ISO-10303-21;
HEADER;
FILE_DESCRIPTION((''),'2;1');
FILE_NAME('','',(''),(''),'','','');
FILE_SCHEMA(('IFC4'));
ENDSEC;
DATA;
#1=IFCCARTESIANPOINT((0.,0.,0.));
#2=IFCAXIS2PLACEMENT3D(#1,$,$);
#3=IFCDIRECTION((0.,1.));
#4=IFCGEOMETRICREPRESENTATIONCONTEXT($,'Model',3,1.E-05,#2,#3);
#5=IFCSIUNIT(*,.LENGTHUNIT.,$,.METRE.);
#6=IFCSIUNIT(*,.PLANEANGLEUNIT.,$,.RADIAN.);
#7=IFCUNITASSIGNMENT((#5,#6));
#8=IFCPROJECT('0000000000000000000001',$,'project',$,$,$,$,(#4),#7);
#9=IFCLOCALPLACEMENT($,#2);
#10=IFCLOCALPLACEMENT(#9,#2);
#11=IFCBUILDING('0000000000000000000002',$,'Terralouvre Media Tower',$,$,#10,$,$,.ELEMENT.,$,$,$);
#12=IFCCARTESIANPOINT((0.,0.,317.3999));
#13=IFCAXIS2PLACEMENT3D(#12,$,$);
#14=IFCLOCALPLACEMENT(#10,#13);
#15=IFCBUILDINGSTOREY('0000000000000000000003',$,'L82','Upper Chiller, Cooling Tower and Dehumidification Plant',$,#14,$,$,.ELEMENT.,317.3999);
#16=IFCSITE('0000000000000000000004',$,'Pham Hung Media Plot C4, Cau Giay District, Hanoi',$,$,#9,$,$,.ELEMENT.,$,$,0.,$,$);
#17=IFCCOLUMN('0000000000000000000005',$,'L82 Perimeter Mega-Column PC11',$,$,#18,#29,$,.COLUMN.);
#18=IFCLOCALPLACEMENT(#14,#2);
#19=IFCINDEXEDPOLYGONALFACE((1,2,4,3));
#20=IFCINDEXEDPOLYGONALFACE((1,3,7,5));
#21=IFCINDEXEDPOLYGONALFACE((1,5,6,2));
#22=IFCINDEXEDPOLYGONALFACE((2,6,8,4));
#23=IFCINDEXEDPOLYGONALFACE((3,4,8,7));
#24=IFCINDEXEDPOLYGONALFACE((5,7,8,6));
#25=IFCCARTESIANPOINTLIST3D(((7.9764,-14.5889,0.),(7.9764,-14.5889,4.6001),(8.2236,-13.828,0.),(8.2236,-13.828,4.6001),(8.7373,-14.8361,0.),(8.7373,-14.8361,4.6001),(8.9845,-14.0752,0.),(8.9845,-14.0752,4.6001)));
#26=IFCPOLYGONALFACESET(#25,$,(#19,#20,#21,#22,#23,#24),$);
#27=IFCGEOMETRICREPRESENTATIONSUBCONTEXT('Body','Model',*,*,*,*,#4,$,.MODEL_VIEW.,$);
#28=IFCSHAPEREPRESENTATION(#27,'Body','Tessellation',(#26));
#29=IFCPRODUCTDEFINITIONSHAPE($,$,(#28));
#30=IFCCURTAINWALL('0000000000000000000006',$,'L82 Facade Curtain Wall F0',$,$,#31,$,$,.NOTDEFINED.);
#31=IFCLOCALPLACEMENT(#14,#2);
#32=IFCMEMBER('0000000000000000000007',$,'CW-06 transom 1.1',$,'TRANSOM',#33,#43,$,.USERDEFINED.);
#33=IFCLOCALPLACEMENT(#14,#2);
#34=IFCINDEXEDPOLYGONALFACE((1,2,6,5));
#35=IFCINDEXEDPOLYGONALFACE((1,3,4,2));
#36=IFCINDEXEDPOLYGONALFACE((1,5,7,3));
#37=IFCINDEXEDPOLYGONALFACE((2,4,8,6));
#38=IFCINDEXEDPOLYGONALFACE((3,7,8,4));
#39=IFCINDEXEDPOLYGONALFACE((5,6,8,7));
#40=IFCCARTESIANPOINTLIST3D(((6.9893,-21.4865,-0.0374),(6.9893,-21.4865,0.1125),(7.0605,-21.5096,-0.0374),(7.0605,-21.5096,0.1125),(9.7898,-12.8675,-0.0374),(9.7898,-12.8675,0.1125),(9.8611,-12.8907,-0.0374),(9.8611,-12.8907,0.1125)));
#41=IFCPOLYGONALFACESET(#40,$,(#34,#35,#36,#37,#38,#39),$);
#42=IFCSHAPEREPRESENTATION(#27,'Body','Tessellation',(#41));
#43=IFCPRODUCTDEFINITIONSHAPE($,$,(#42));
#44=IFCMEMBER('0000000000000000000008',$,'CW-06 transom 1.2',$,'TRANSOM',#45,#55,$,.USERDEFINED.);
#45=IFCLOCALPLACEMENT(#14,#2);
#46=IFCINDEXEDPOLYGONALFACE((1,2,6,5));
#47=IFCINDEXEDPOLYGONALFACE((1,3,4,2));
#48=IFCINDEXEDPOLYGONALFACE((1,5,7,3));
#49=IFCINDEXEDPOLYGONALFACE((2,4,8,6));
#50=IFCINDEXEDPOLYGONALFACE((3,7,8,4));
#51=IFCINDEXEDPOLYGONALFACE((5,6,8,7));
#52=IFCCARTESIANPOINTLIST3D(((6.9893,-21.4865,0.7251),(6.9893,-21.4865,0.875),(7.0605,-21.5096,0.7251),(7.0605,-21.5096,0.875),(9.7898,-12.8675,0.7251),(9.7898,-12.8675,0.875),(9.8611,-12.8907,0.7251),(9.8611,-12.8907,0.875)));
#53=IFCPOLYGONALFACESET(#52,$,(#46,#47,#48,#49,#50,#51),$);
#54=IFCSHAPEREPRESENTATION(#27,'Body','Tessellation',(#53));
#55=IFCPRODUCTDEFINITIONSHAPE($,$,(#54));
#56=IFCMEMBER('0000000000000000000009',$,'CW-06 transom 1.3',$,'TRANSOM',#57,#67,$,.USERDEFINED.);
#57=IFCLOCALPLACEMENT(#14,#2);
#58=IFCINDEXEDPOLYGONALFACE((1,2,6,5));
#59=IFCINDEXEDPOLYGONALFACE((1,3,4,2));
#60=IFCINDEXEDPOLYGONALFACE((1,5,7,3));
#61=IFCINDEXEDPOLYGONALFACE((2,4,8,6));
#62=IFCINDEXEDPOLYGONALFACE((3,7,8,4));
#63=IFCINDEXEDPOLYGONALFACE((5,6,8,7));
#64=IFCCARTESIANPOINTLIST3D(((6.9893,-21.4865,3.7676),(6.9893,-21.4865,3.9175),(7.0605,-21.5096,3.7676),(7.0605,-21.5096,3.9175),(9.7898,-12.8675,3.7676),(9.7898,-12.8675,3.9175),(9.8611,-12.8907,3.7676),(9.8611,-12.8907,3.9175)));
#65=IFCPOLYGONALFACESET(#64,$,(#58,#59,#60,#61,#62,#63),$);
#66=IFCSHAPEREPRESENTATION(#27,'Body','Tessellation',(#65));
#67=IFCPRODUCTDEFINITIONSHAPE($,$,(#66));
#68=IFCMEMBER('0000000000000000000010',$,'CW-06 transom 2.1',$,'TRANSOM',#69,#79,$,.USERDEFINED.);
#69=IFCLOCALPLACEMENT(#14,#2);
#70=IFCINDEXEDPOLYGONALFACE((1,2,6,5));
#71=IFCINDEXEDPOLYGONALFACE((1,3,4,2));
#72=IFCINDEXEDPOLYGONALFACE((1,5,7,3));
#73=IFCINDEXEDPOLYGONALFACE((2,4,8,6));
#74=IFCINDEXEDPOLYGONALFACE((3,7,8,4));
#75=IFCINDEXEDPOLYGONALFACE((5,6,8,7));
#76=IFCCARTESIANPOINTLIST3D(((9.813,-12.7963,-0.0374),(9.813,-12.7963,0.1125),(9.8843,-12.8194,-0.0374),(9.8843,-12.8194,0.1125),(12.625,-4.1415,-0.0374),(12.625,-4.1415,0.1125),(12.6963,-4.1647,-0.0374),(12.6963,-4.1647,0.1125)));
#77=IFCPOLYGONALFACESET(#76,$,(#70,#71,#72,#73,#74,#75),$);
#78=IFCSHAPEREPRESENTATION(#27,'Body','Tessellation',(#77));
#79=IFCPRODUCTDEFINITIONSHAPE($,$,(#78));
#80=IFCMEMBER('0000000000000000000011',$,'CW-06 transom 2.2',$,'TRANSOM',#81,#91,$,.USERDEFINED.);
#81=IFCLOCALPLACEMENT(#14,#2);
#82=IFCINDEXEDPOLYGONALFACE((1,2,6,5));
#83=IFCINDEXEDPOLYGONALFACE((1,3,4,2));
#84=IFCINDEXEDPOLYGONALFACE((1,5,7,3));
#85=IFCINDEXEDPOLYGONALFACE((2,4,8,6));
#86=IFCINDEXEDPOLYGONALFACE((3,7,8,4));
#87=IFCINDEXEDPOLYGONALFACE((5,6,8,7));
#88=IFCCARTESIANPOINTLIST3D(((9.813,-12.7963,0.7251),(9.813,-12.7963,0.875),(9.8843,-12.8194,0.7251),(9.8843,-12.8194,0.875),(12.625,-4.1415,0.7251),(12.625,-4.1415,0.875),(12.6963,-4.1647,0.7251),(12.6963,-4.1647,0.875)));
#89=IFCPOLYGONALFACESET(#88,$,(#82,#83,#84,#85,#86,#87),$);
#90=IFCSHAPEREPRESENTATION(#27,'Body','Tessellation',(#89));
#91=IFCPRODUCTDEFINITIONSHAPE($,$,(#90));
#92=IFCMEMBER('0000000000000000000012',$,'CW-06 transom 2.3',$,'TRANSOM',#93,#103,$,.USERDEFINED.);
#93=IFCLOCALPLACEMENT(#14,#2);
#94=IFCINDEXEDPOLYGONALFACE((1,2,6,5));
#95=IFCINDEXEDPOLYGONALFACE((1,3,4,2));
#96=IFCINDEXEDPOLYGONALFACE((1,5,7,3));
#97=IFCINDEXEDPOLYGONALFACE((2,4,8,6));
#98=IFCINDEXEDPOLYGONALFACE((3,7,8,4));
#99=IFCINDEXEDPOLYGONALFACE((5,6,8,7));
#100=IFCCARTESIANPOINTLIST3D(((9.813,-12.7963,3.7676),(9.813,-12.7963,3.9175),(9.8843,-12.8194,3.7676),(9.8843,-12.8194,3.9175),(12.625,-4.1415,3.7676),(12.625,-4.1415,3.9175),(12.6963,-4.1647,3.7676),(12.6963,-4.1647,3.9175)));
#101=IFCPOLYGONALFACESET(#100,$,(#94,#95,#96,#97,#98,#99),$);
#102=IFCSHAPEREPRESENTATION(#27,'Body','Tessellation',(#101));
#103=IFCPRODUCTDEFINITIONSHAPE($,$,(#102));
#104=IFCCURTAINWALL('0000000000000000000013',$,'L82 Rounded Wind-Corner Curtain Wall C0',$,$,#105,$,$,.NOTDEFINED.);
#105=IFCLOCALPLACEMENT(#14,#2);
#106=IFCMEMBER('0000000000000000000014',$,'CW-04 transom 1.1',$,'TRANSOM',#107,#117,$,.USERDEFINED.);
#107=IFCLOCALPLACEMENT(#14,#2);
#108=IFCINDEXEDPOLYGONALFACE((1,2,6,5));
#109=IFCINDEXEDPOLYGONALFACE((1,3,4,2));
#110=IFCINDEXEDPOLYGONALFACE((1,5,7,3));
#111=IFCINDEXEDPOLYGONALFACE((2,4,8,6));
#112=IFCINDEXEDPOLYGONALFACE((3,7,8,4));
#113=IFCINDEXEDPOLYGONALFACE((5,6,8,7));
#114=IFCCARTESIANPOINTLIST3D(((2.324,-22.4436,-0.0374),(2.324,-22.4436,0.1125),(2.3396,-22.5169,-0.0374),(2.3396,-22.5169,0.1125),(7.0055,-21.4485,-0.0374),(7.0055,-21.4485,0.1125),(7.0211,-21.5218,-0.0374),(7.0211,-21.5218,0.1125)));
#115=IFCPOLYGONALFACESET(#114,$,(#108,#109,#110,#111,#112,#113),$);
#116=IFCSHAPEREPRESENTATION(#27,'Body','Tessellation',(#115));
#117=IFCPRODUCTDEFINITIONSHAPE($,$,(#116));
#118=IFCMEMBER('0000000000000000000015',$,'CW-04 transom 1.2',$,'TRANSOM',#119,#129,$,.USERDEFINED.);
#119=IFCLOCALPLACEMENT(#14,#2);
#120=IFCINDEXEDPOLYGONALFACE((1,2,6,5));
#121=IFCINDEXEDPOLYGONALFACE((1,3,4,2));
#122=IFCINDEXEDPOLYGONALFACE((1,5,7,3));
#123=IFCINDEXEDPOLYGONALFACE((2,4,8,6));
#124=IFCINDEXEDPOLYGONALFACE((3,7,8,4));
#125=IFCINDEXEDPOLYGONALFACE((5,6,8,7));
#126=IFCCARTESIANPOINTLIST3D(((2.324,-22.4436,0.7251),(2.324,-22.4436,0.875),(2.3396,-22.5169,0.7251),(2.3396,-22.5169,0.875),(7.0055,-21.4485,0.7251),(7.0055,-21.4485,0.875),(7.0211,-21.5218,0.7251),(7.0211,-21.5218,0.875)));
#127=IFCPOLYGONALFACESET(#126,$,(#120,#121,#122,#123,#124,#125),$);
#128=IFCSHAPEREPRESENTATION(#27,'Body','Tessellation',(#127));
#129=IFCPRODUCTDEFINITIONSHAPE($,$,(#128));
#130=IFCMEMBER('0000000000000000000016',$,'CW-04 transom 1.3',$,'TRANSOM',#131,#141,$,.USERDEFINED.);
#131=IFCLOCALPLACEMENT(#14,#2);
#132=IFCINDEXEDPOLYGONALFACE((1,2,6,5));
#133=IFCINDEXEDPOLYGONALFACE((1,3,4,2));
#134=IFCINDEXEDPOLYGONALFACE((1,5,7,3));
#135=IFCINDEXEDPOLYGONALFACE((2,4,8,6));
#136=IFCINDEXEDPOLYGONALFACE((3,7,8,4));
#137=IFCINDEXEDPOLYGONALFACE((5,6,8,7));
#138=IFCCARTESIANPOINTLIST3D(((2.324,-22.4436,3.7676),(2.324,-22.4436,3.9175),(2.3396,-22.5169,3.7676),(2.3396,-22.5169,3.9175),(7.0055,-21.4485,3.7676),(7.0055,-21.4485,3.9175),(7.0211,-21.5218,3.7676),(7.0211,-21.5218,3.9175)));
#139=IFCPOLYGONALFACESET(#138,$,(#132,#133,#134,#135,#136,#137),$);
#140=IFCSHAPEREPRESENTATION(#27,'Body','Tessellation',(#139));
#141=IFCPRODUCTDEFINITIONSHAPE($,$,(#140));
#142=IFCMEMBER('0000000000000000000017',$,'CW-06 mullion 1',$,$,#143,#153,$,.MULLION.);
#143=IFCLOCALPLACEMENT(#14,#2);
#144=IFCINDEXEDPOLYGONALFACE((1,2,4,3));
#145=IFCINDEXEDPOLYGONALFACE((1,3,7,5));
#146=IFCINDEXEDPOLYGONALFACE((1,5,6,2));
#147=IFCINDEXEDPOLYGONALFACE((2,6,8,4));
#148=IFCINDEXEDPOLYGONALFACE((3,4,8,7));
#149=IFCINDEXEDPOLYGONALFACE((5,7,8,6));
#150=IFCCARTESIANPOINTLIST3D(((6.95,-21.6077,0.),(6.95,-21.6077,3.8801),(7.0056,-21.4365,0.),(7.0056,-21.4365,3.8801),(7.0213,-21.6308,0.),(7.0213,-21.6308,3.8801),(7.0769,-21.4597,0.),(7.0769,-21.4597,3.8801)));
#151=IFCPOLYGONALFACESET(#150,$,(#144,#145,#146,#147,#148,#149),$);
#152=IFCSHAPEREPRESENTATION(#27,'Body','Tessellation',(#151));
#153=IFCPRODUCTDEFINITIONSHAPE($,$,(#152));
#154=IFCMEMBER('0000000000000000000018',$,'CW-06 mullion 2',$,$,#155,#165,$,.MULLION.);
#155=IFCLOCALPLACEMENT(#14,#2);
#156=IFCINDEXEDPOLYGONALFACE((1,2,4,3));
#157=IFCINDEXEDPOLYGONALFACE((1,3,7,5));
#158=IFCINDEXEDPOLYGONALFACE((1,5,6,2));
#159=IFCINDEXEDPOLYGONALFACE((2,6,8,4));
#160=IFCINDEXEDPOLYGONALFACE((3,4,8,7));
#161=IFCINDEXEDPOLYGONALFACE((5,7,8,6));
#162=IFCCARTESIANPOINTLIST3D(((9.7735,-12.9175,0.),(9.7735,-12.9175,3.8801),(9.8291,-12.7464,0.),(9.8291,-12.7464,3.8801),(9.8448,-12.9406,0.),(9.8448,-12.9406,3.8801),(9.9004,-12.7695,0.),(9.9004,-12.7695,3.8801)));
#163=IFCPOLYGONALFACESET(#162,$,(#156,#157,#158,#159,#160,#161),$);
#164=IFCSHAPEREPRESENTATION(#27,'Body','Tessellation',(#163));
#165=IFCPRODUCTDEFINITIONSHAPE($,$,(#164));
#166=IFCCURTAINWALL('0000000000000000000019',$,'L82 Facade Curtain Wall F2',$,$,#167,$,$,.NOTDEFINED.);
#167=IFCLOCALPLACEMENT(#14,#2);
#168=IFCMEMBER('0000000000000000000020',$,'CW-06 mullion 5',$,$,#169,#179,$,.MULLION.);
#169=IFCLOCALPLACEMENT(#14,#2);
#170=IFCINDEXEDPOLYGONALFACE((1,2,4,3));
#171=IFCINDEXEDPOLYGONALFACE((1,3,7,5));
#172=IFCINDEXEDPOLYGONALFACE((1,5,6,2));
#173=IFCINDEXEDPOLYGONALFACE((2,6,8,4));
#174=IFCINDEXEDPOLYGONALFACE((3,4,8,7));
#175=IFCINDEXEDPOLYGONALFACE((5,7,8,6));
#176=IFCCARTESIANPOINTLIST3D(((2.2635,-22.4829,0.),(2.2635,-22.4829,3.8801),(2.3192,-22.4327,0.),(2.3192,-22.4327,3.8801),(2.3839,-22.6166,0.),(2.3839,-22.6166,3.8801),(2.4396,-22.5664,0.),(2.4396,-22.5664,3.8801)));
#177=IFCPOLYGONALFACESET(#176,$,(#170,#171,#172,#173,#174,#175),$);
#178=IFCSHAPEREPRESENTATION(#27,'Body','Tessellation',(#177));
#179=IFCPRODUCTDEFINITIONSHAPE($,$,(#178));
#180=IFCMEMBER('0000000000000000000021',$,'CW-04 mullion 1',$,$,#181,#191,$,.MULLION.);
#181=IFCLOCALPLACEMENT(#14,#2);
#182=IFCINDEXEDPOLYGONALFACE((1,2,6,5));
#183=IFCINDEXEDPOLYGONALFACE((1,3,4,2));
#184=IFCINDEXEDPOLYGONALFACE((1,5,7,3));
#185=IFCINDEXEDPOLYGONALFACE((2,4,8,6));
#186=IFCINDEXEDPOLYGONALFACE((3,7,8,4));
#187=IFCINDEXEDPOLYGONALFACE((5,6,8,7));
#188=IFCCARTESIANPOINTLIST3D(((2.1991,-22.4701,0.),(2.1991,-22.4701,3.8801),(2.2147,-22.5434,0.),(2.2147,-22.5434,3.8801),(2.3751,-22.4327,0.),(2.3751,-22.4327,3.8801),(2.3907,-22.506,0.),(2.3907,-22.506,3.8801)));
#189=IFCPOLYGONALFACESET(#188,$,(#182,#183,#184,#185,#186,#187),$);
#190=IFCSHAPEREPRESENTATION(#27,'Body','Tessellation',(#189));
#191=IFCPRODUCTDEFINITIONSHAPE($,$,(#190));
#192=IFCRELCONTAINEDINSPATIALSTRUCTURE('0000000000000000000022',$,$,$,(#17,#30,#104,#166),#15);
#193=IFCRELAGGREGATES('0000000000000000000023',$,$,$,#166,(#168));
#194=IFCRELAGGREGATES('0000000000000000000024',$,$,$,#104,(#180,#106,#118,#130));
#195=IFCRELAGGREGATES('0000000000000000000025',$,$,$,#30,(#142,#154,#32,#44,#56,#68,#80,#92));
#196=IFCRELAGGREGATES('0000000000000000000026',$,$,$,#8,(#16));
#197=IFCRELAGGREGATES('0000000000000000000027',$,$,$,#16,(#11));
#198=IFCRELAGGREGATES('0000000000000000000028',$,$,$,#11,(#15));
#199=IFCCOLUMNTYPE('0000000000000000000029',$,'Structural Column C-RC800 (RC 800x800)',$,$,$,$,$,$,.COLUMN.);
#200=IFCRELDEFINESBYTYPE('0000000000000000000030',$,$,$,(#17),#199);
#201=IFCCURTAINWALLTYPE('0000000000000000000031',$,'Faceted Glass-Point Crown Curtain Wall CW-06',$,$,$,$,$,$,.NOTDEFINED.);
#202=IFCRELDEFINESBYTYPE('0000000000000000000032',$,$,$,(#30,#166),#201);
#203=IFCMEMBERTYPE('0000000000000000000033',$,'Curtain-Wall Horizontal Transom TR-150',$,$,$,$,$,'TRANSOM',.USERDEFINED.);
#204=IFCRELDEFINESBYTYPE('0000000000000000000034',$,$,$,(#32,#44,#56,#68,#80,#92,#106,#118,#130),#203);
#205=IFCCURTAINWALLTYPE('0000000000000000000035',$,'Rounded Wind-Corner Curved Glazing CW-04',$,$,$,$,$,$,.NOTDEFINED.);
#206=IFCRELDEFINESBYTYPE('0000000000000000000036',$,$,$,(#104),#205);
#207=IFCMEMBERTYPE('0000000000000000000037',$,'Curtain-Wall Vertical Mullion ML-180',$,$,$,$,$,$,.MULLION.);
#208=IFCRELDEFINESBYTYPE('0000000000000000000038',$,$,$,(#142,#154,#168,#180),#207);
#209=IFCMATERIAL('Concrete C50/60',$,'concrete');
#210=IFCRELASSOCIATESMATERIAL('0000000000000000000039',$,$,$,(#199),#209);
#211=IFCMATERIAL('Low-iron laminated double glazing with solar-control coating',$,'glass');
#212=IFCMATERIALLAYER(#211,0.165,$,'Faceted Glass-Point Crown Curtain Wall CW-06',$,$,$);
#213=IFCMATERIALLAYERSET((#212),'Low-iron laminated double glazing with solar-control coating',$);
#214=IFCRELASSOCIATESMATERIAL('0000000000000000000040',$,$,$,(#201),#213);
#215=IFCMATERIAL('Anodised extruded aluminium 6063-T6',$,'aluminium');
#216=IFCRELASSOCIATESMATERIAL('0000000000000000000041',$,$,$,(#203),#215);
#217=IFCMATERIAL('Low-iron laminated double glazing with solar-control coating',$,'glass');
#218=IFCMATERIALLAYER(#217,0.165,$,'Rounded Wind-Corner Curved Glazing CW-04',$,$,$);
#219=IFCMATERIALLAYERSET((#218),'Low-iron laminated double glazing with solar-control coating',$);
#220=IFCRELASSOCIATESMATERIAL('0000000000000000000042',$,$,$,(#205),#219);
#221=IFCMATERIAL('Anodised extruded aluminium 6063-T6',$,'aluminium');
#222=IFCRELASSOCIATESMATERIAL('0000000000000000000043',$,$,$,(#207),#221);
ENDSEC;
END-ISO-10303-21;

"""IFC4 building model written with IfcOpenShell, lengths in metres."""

from ifc_helpers import new_model, si_unit, direction, frame, origin, origin_2d, place, context, subcontext, project, spatial, rectangle, extrude, material, layer, layer_set, material_profile, profile_set, type_object, element, aggregate, save


model = new_model("IFC4")

# Units and contexts
model_context = context("Model", 3, precision=1e-05, world=origin(), true_north=direction((0.0, 1.0)))
body_context = subcontext(model_context, "Body", "Model", "MODEL_VIEW")
ifc_project = project(units=[si_unit("LENGTHUNIT", "METRE"), si_unit("PLANEANGLEUNIT", "RADIAN")], contexts=[model_context])

# Site, building, storey
site_placement = place(None, origin())
site = spatial("IfcSite", under=ifc_project, at=site_placement, Name="Pham Hung Media Plot C4, Cau Giay District, Hanoi", CompositionType="ELEMENT", RefElevation=0.0)
building_placement = place(site_placement, origin())
building = spatial("IfcBuilding", under=site, at=building_placement, Name="Terralouvre Media Tower", CompositionType="ELEMENT")
storey_placement = place(building_placement, frame((0.0, 0.0, 317.3999)))
storey = spatial("IfcBuildingStorey", under=building, at=storey_placement, Name="L82", Description="Upper Chiller, Cooling Tower and Dehumidification Plant", CompositionType="ELEMENT", Elevation=317.3999)

# Column
ifc_material_1 = material(Name="Concrete C50/60", Category="concrete")
ifc_material_profile_1 = material_profile(ifc_material_1, rectangle(XDim=0.8, YDim=0.8, at=origin_2d()), Name="RC 800x800")
ifc_profile_set_1 = profile_set([ifc_material_profile_1], Name="Concrete C50/60")
column_type = type_object("IfcColumnType", Name="Structural Column C-RC800 (RC 800x800)", PredefinedType="COLUMN", material=ifc_profile_set_1)
column_placement = place(storey_placement, frame((8.4805, -14.332, 0.0), z_axis=(0.0, 0.0, 1.0), x_axis=(0.309017, 0.951057, 0.0)))
element("IfcColumn", 1, at=column_placement, inside=storey, type_object=column_type, Name="L82 Perimeter Mega-Column PC11", PredefinedType="COLUMN", context=body_context, shape_type="SweptSolid", body=[
    extrude(rectangle(XDim=0.8, YDim=0.8, at=origin_2d()), origin(), (0.0, 0.0, 1.0), 4.6001),
])

# Curtain walls, members
ifc_material_2 = material(Name="Low-iron laminated double glazing with solar-control coating", Category="glass")
ifc_layer_1 = layer(ifc_material_2, 0.165, Name="Faceted Glass-Point Crown Curtain Wall CW-06")
ifc_layer_set_1 = layer_set([ifc_layer_1], Name="Low-iron laminated double glazing with solar-control coating")
curtain_wall_type_1 = type_object("IfcCurtainWallType", Name="Faceted Glass-Point Crown Curtain Wall CW-06", PredefinedType="NOTDEFINED", material=ifc_layer_set_1)
curtain_wall_1_placement = place(storey_placement, origin())
curtain_wall_1 = element("IfcCurtainWall", 2, at=curtain_wall_1_placement, inside=storey, type_object=curtain_wall_type_1, Name="L82 Facade Curtain Wall F0", PredefinedType="NOTDEFINED")
ifc_material_3 = material(Name="Anodised extruded aluminium 6063-T6", Category="aluminium")
ifc_material_profile_2 = material_profile(ifc_material_3, rectangle(XDim=0.075, YDim=0.1499, at=origin_2d()), Name="ALU 75x150")
ifc_profile_set_2 = profile_set([ifc_material_profile_2], Name="Anodised extruded aluminium 6063-T6")
member_type_1 = type_object("IfcMemberType", Name="Curtain-Wall Horizontal Transom TR-150", ElementType="TRANSOM", PredefinedType="USERDEFINED", material=ifc_profile_set_2)
member_1_placement = place(storey_placement, frame((7.0249, -21.498, 0.0376), z_axis=(0.309026, 0.951054, 0.0), x_axis=(-0.951054, 0.309026, 0.0)))
member_1 = element("IfcMember", 3, at=member_1_placement, type_object=member_type_1, Name="CW-06 transom 1.1", ObjectType="TRANSOM", PredefinedType="USERDEFINED", context=body_context, shape_type="SweptSolid", body=[
    extrude(rectangle(XDim=0.075, YDim=0.1499, at=origin_2d()), origin(), (0.0, 0.0, 1.0), 9.0625),
])
member_2_placement = place(storey_placement, frame((7.0249, -21.498, 0.8), z_axis=(0.309026, 0.951054, 0.0), x_axis=(-0.951054, 0.309026, 0.0)))
member_2 = element("IfcMember", 4, at=member_2_placement, type_object=member_type_1, Name="CW-06 transom 1.2", ObjectType="TRANSOM", PredefinedType="USERDEFINED", context=body_context, shape_type="SweptSolid", body=[
    extrude(rectangle(XDim=0.075, YDim=0.1499, at=origin_2d()), origin(), (0.0, 0.0, 1.0), 9.0625),
])
member_3_placement = place(storey_placement, frame((7.0249, -21.498, 3.8425), z_axis=(0.309026, 0.951054, 0.0), x_axis=(-0.951054, 0.309026, 0.0)))
member_3 = element("IfcMember", 5, at=member_3_placement, type_object=member_type_1, Name="CW-06 transom 1.3", ObjectType="TRANSOM", PredefinedType="USERDEFINED", context=body_context, shape_type="SweptSolid", body=[
    extrude(rectangle(XDim=0.075, YDim=0.1499, at=origin_2d()), origin(), (0.0, 0.0, 1.0), 9.0625),
])
member_4_placement = place(storey_placement, frame((9.8486, -12.8079, 0.0376), z_axis=(0.309007, 0.95106, 0.0), x_axis=(-0.95106, 0.309007, 0.0)))
member_4 = element("IfcMember", 6, at=member_4_placement, type_object=member_type_1, Name="CW-06 transom 2.1", ObjectType="TRANSOM", PredefinedType="USERDEFINED", context=body_context, shape_type="SweptSolid", body=[
    extrude(rectangle(XDim=0.075, YDim=0.1499, at=origin_2d()), origin(), (0.0, 0.0, 1.0), 9.1001),
])
member_5_placement = place(storey_placement, frame((9.8486, -12.8079, 0.8), z_axis=(0.309007, 0.95106, 0.0), x_axis=(-0.95106, 0.309007, 0.0)))
member_5 = element("IfcMember", 7, at=member_5_placement, type_object=member_type_1, Name="CW-06 transom 2.2", ObjectType="TRANSOM", PredefinedType="USERDEFINED", context=body_context, shape_type="SweptSolid", body=[
    extrude(rectangle(XDim=0.075, YDim=0.1499, at=origin_2d()), origin(), (0.0, 0.0, 1.0), 9.1001),
])
member_6_placement = place(storey_placement, frame((9.8486, -12.8079, 3.8425), z_axis=(0.309007, 0.95106, 0.0), x_axis=(-0.95106, 0.309007, 0.0)))
member_6 = element("IfcMember", 8, at=member_6_placement, type_object=member_type_1, Name="CW-06 transom 2.3", ObjectType="TRANSOM", PredefinedType="USERDEFINED", context=body_context, shape_type="SweptSolid", body=[
    extrude(rectangle(XDim=0.075, YDim=0.1499, at=origin_2d()), origin(), (0.0, 0.0, 1.0), 9.1001),
])
ifc_material_4 = material(Name="Low-iron laminated double glazing with solar-control coating", Category="glass")
ifc_layer_2 = layer(ifc_material_4, 0.165, Name="Rounded Wind-Corner Curved Glazing CW-04")
ifc_layer_set_2 = layer_set([ifc_layer_2], Name="Low-iron laminated double glazing with solar-control coating")
curtain_wall_type_2 = type_object("IfcCurtainWallType", Name="Rounded Wind-Corner Curved Glazing CW-04", PredefinedType="NOTDEFINED", material=ifc_layer_set_2)
curtain_wall_2_placement = place(storey_placement, origin())
curtain_wall_2 = element("IfcCurtainWall", 9, at=curtain_wall_2_placement, inside=storey, type_object=curtain_wall_type_2, Name="L82 Rounded Wind-Corner Curtain Wall C0", PredefinedType="NOTDEFINED")
member_7_placement = place(storey_placement, frame((2.3318, -22.4802, 0.0376), z_axis=(0.978147, 0.207912, 0.0), x_axis=(-0.207912, 0.978147, 0.0)))
member_7 = element("IfcMember", 10, at=member_7_placement, type_object=member_type_1, Name="CW-04 transom 1.1", ObjectType="TRANSOM", PredefinedType="USERDEFINED", context=body_context, shape_type="SweptSolid", body=[
    extrude(rectangle(XDim=0.075, YDim=0.1499, at=origin_2d()), origin(), (0.0, 0.0, 1.0), 4.7861),
])
member_8_placement = place(storey_placement, frame((2.3318, -22.4802, 0.8), z_axis=(0.978147, 0.207912, 0.0), x_axis=(-0.207912, 0.978147, 0.0)))
member_8 = element("IfcMember", 11, at=member_8_placement, type_object=member_type_1, Name="CW-04 transom 1.2", ObjectType="TRANSOM", PredefinedType="USERDEFINED", context=body_context, shape_type="SweptSolid", body=[
    extrude(rectangle(XDim=0.075, YDim=0.1499, at=origin_2d()), origin(), (0.0, 0.0, 1.0), 4.7861),
])
member_9_placement = place(storey_placement, frame((2.3318, -22.4802, 3.8425), z_axis=(0.978147, 0.207912, 0.0), x_axis=(-0.207912, 0.978147, 0.0)))
member_9 = element("IfcMember", 12, at=member_9_placement, type_object=member_type_1, Name="CW-04 transom 1.3", ObjectType="TRANSOM", PredefinedType="USERDEFINED", context=body_context, shape_type="SweptSolid", body=[
    extrude(rectangle(XDim=0.075, YDim=0.1499, at=origin_2d()), origin(), (0.0, 0.0, 1.0), 4.7861),
])

# Members
ifc_material_5 = material(Name="Anodised extruded aluminium 6063-T6", Category="aluminium")
ifc_material_profile_3 = material_profile(ifc_material_5, rectangle(XDim=0.075, YDim=0.1799, at=origin_2d()), Name="ALU 75x180")
ifc_profile_set_3 = profile_set([ifc_material_profile_3], Name="Anodised extruded aluminium 6063-T6")
member_type_2 = type_object("IfcMemberType", Name="Curtain-Wall Vertical Mullion ML-180", PredefinedType="MULLION", material=ifc_profile_set_3)
member_10_placement = place(storey_placement, frame((7.0134, -21.5337, 0.0), z_axis=(0.0, 0.0, 1.0), x_axis=(-0.951056, 0.309017, 0.0)))
member_10 = element("IfcMember", 13, at=member_10_placement, type_object=member_type_2, Name="CW-06 mullion 1", PredefinedType="MULLION", context=body_context, shape_type="SweptSolid", body=[
    extrude(rectangle(XDim=0.075, YDim=0.1799, at=origin_2d()), origin(), (0.0, 0.0, 1.0), 3.8801),
])
member_11_placement = place(storey_placement, frame((9.8369, -12.8435, 0.0), z_axis=(0.0, 0.0, 1.0), x_axis=(-0.951056, 0.309017, 0.0)))
member_11 = element("IfcMember", 14, at=member_11_placement, type_object=member_type_2, Name="CW-06 mullion 2", PredefinedType="MULLION", context=body_context, shape_type="SweptSolid", body=[
    extrude(rectangle(XDim=0.075, YDim=0.1799, at=origin_2d()), origin(), (0.0, 0.0, 1.0), 3.8801),
])

# Curtain wall, member
curtain_wall_3_placement = place(storey_placement, origin())
curtain_wall_3 = element("IfcCurtainWall", 15, at=curtain_wall_3_placement, inside=storey, type_object=curtain_wall_type_1, Name="L82 Facade Curtain Wall F2", PredefinedType="NOTDEFINED")
member_12_placement = place(storey_placement, frame((2.3516, -22.5247, 0.0), z_axis=(0.0, 0.0, 1.0), x_axis=(0.743145, 0.66913, 0.0)))
member_12 = element("IfcMember", 16, at=member_12_placement, type_object=member_type_2, Name="CW-06 mullion 5", PredefinedType="MULLION", context=body_context, shape_type="SweptSolid", body=[
    extrude(rectangle(XDim=0.075, YDim=0.1799, at=origin_2d()), origin(), (0.0, 0.0, 1.0), 3.8801),
])
aggregate(curtain_wall_3, [member_12])

# Member
member_13_placement = place(storey_placement, frame((2.2949, -22.488, 0.0), z_axis=(0.0, 0.0, 1.0), x_axis=(-0.207911, 0.978148, 0.0)))
member_13 = element("IfcMember", 17, at=member_13_placement, type_object=member_type_2, Name="CW-04 mullion 1", PredefinedType="MULLION", context=body_context, shape_type="SweptSolid", body=[
    extrude(rectangle(XDim=0.075, YDim=0.1799, at=origin_2d()), origin(), (0.0, 0.0, 1.0), 3.8801),
])

aggregate(curtain_wall_2, [member_13, member_7, member_8, member_9])
aggregate(curtain_wall_1, [member_10, member_11, member_1, member_2, member_3, member_4, member_5, member_6])

save(model, "model.ifc")
